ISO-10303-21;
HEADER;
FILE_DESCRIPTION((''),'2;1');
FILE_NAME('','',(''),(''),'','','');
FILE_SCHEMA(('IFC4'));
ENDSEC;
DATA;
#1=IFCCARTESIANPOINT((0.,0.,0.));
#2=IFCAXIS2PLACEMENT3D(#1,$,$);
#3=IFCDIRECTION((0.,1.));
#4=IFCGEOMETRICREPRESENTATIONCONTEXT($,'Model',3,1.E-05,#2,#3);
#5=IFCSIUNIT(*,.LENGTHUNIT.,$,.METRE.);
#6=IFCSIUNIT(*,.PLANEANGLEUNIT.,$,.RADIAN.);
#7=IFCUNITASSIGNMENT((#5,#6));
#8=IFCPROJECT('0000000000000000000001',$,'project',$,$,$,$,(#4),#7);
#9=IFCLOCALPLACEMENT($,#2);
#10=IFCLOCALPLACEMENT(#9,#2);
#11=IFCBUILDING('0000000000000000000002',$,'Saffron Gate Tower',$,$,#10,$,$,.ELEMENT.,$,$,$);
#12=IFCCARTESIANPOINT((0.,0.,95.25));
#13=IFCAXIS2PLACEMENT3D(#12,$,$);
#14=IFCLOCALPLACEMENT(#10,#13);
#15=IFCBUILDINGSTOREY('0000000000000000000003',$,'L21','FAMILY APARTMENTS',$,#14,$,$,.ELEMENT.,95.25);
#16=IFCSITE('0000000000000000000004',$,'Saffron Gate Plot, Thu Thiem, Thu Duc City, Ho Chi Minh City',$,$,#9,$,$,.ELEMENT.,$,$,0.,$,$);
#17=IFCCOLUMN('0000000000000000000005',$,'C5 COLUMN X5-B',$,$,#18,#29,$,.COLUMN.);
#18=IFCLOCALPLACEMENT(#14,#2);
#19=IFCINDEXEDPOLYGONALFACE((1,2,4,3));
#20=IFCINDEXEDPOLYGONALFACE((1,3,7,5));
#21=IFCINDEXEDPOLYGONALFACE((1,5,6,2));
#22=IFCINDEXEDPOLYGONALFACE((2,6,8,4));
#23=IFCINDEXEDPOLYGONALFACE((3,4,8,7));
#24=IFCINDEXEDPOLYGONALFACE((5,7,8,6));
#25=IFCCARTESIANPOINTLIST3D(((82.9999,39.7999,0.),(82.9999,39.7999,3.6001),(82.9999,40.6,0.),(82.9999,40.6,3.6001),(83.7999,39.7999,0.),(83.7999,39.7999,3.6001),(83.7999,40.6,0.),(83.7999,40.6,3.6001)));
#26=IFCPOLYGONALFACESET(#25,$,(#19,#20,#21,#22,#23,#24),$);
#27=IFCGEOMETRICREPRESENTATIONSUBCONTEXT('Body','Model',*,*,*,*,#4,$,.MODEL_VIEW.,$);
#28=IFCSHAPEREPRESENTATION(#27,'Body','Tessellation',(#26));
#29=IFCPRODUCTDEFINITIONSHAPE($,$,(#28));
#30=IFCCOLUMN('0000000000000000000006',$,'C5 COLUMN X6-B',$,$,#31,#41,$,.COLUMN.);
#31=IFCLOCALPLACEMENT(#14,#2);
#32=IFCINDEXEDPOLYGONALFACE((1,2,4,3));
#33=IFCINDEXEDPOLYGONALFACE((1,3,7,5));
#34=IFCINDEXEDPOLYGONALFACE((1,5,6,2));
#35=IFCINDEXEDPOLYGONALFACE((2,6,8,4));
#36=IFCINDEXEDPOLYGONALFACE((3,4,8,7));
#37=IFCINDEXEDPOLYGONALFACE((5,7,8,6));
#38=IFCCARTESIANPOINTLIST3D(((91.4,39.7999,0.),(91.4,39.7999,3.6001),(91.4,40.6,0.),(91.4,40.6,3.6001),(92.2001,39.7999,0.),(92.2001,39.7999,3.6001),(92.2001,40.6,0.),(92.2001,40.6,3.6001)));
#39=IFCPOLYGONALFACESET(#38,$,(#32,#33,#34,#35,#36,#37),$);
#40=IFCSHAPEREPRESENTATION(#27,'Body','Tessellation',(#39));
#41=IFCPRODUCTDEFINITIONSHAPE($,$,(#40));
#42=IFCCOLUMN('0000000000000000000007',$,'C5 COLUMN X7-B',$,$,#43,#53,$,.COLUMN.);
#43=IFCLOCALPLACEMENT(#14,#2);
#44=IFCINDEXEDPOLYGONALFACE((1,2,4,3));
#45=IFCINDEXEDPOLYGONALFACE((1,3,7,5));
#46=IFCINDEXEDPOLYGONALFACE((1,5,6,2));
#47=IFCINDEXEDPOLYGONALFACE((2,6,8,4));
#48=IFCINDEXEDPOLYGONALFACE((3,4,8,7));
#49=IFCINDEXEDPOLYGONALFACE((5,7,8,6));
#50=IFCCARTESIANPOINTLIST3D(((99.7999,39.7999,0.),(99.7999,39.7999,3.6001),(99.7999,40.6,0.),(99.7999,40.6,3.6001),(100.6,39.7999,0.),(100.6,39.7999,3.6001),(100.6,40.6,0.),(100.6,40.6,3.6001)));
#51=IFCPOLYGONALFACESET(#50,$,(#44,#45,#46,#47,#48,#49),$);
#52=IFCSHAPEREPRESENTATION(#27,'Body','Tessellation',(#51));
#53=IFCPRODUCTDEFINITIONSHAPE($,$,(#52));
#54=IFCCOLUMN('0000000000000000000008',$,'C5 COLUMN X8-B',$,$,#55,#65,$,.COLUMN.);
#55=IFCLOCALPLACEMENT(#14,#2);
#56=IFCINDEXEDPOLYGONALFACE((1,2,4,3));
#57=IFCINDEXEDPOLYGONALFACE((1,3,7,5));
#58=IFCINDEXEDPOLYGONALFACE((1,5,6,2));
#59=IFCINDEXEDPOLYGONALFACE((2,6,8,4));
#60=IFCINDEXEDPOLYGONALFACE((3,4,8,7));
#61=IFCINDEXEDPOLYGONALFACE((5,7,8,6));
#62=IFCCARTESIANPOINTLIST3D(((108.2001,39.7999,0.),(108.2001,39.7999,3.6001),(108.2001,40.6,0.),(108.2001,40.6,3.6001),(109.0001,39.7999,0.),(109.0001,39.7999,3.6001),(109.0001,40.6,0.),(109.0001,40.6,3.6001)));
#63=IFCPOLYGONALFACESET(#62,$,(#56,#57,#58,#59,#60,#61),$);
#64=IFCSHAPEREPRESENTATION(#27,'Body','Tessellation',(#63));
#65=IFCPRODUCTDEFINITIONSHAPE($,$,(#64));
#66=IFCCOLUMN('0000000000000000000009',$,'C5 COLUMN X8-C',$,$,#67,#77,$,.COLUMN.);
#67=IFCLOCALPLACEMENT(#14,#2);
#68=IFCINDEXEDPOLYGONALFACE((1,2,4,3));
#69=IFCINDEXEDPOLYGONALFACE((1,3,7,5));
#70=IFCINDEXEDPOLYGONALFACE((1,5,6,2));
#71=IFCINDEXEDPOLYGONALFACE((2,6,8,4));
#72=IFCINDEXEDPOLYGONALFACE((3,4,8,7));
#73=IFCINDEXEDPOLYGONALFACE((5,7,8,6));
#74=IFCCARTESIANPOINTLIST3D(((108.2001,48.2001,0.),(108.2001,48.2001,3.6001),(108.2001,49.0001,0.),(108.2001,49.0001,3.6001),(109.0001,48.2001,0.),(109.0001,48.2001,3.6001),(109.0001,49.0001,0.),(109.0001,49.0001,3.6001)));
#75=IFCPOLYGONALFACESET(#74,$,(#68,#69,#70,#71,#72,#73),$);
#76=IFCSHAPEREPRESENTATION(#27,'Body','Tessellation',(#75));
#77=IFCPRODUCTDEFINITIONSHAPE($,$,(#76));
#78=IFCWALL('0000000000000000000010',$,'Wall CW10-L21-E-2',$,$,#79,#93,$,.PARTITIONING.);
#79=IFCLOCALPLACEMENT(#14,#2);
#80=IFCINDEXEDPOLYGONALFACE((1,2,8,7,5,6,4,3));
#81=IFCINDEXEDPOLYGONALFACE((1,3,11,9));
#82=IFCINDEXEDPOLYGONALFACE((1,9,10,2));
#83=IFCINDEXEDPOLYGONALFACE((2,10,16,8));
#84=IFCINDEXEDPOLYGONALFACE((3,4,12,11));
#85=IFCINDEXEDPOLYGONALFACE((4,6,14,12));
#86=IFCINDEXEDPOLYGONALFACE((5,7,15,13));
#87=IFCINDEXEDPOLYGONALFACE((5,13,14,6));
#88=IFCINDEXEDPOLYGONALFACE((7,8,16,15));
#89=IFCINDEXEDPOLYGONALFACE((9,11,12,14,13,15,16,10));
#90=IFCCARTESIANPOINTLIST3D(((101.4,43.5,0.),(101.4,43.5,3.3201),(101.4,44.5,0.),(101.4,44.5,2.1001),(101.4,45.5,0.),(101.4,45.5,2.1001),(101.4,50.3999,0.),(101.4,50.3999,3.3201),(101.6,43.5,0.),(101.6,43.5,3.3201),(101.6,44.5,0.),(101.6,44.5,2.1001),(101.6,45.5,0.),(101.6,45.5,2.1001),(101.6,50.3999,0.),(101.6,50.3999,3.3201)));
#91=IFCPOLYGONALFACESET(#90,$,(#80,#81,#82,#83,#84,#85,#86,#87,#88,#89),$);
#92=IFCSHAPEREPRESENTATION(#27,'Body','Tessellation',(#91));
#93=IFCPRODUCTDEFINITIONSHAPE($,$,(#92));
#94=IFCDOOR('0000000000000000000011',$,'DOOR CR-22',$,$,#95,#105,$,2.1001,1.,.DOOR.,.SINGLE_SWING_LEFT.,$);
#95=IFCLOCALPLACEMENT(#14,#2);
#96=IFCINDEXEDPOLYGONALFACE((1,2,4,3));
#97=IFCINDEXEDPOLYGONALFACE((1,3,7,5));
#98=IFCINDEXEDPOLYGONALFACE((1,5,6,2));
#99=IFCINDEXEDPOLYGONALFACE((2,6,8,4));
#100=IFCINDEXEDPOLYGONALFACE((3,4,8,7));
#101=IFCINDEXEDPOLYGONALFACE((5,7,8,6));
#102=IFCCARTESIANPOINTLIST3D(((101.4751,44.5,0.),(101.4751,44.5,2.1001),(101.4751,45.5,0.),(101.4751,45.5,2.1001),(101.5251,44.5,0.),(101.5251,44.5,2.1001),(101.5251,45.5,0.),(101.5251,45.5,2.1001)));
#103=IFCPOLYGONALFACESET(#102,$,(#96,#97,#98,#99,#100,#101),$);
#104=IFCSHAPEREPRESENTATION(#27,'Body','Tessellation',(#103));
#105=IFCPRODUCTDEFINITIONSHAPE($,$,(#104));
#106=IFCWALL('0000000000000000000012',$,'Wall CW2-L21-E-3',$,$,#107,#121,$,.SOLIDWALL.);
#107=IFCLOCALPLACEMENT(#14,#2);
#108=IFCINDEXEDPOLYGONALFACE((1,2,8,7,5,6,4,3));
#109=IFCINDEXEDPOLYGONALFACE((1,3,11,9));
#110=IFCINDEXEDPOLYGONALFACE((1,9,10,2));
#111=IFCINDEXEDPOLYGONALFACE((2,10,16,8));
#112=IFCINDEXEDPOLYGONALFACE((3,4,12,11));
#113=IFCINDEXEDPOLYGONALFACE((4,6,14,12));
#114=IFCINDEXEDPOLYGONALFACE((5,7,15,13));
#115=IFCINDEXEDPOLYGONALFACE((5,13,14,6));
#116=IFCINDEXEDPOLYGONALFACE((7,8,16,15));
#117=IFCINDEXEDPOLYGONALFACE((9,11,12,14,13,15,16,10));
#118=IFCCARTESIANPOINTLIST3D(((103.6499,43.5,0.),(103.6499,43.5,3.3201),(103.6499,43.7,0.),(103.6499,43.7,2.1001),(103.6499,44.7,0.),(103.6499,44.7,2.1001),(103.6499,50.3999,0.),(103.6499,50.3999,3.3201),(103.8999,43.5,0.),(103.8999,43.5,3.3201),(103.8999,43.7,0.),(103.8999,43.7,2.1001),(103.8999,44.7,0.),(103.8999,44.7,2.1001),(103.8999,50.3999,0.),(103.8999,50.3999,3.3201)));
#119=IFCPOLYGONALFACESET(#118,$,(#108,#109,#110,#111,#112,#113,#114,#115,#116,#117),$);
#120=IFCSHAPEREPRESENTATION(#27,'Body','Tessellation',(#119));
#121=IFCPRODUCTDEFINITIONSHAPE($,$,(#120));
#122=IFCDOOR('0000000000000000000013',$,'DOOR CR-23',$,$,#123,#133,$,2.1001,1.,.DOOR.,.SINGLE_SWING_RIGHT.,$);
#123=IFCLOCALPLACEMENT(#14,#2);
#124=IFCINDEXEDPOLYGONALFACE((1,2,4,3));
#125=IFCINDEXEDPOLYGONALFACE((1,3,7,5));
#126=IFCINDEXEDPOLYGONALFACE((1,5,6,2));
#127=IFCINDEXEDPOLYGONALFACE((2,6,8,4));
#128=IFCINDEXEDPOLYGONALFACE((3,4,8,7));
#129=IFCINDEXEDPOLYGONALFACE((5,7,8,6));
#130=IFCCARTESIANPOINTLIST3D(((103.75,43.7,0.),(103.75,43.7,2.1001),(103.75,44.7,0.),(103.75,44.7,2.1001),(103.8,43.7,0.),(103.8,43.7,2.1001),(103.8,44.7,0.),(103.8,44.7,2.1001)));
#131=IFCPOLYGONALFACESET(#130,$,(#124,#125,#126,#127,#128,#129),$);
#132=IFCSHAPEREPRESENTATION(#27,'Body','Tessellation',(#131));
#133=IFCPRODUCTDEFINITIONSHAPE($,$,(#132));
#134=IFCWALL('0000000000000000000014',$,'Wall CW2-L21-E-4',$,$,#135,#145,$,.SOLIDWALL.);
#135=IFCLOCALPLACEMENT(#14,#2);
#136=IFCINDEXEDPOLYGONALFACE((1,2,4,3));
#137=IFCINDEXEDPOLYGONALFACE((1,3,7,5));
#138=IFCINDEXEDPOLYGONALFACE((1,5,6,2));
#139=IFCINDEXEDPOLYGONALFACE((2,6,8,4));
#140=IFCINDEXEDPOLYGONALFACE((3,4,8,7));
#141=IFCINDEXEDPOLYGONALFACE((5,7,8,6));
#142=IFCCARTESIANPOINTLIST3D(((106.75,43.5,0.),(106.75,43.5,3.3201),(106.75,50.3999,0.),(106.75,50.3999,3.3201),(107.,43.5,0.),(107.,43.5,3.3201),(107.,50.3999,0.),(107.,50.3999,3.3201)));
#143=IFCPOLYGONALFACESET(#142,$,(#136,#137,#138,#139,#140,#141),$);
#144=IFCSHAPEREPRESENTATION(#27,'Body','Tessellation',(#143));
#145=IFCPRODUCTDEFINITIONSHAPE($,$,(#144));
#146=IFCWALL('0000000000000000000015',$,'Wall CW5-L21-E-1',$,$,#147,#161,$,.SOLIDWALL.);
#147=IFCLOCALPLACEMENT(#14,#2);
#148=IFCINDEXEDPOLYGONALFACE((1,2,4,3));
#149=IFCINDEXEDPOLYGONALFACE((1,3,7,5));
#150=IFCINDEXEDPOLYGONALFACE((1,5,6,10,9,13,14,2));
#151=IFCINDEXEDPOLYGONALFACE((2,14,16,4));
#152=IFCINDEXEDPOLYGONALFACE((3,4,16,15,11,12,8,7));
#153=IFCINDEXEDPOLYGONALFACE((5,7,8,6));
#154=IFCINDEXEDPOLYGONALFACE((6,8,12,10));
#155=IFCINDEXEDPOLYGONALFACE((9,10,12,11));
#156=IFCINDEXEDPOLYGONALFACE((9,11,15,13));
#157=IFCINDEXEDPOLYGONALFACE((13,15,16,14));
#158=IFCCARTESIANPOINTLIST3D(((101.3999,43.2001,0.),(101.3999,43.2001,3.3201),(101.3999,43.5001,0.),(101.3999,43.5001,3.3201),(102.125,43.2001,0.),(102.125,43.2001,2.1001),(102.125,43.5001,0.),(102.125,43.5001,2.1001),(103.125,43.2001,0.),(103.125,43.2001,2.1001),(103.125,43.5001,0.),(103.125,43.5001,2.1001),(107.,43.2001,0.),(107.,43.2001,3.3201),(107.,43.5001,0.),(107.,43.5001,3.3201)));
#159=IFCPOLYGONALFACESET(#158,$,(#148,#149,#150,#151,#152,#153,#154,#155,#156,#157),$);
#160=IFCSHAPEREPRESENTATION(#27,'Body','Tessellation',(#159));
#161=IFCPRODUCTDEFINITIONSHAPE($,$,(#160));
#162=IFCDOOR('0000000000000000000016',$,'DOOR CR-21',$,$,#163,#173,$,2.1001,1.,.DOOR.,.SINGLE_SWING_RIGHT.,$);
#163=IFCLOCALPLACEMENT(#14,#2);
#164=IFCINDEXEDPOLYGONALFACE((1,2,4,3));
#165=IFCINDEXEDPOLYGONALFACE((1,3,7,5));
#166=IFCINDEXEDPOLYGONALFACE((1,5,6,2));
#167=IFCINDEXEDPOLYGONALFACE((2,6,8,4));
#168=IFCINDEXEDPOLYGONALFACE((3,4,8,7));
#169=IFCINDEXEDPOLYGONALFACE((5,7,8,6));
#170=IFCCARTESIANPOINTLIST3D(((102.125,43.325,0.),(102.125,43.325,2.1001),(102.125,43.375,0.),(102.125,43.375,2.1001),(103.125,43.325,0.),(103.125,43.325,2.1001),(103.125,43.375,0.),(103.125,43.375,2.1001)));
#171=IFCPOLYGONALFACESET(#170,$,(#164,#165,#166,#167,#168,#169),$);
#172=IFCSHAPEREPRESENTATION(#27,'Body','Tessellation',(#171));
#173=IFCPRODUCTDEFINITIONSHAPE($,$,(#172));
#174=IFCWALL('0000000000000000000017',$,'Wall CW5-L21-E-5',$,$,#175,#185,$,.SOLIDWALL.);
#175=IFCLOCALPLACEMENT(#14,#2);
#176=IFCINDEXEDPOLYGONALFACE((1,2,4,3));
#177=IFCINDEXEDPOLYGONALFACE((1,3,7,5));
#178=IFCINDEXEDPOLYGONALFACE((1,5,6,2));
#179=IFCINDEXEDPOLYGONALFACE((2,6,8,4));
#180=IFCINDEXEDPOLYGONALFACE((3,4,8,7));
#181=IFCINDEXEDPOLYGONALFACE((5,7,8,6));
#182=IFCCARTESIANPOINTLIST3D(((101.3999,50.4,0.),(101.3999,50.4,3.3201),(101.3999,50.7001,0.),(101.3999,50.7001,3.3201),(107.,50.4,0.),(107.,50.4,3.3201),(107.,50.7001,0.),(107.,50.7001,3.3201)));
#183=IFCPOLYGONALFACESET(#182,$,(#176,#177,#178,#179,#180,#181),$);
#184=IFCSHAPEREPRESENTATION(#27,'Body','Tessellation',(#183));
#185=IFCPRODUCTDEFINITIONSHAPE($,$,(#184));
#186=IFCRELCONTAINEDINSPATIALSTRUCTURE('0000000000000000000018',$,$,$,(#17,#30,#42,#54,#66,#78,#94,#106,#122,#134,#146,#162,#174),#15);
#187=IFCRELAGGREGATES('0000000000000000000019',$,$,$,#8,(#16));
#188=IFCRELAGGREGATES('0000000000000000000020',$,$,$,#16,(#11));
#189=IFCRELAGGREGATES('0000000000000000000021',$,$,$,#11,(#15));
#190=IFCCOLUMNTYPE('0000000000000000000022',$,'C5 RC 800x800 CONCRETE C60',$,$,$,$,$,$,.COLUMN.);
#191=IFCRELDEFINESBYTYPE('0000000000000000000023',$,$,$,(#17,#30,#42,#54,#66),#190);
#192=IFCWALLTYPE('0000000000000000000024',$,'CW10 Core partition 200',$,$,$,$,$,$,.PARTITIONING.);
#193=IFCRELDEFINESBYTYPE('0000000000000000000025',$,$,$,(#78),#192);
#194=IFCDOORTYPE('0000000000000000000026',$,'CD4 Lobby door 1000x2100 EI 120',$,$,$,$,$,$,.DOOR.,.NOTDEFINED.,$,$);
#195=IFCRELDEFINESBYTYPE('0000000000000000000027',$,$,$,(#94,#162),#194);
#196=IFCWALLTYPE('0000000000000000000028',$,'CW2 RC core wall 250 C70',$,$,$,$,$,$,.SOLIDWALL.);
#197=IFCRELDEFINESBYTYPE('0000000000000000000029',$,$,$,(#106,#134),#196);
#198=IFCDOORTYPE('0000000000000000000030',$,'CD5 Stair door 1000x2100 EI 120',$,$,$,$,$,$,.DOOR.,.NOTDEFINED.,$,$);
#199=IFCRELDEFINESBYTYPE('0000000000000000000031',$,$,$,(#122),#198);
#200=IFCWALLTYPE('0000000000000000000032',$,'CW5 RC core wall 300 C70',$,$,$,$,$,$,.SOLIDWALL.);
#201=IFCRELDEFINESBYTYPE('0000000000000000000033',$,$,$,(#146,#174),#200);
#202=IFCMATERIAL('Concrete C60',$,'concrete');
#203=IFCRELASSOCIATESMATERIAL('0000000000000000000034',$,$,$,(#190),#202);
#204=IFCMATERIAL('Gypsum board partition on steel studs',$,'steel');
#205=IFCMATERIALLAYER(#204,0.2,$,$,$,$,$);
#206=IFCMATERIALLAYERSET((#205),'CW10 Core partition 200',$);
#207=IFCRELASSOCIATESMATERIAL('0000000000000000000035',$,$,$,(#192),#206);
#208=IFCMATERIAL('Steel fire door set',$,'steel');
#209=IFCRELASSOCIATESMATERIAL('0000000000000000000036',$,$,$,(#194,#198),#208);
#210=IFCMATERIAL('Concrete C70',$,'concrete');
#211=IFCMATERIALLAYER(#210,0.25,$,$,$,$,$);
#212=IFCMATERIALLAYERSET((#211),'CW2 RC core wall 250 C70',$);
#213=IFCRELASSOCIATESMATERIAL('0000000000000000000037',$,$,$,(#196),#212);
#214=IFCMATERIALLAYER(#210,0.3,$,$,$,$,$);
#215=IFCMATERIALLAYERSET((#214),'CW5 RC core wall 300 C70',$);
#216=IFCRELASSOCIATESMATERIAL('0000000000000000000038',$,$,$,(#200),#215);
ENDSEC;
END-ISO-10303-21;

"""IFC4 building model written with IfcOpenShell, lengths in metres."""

from ifc_helpers import new_model, si_unit, direction, frame, frame_2d, origin, origin_2d, place, context, subcontext, project, spatial, rectangle, extrude, material, layer, layer_set, material_profile, profile_set, type_object, element, fill, save


model = new_model("IFC4")

# Units and contexts
model_context = context("Model", 3, precision=1e-05, world=origin(), true_north=direction((0.0, 1.0)))
body_context = subcontext(model_context, "Body", "Model", "MODEL_VIEW")
ifc_project = project(units=[si_unit("LENGTHUNIT", "METRE"), si_unit("PLANEANGLEUNIT", "RADIAN")], contexts=[model_context])

# Site, building, storey
site_placement = place(None, origin())
site = spatial("IfcSite", under=ifc_project, at=site_placement, Name="Saffron Gate Plot, Thu Thiem, Thu Duc City, Ho Chi Minh City", CompositionType="ELEMENT", RefElevation=0.0)
building_placement = place(site_placement, origin())
building = spatial("IfcBuilding", under=site, at=building_placement, Name="Saffron Gate Tower", CompositionType="ELEMENT")
storey_placement = place(building_placement, frame((0.0, 0.0, 95.25)))
storey = spatial("IfcBuildingStorey", under=building, at=storey_placement, Name="L21", Description="FAMILY APARTMENTS", CompositionType="ELEMENT", Elevation=95.25)

# Columns
ifc_material_1 = material(Name="Concrete C60", Category="concrete")
ifc_material_profile = material_profile(ifc_material_1, rectangle(XDim=0.8, YDim=0.8, at=origin_2d()))
ifc_profile_set = profile_set([ifc_material_profile], Name="Concrete C60")
column_type = type_object("IfcColumnType", Name="C5 RC 800x800 CONCRETE C60", PredefinedType="COLUMN", material=ifc_profile_set)
for number, where, z_axis, x_axis, name in (
    (1, (83.3999, 40.2, 0.0), (0.0, 0.0, 1.0), (1.0, 0.0, 0.0), "C5 COLUMN X5-B"),
    (2, (91.8, 40.2, 0.0), (0.0, 0.0, 1.0), (1.0, 0.0, 0.0), "C5 COLUMN X6-B"),
    (3, (100.2, 40.2, 0.0), (0.0, 0.0, 1.0), (1.0, 0.0, 0.0), "C5 COLUMN X7-B"),
    (4, (108.6001, 40.2, 0.0), (0.0, 0.0, 1.0), (1.0, 0.0, 0.0), "C5 COLUMN X8-B"),
    (5, (108.6001, 48.6001, 0.0), (0.0, 0.0, 1.0), (1.0, 0.0, 0.0), "C5 COLUMN X8-C"),
):
    element("IfcColumn", number, at=place(storey_placement, frame(where, z_axis=z_axis, x_axis=x_axis)), inside=storey, type_object=column_type, Name=name, PredefinedType="COLUMN", context=body_context, shape_type="SweptSolid", body=[
        extrude(rectangle(XDim=0.8, YDim=0.8, at=origin_2d()), origin(), (0.0, 0.0, 1.0), 3.6001),
    ])

# Walls, openings, doors
ifc_material_2 = material(Name="Gypsum board partition on steel studs", Category="steel")
ifc_layer_1 = layer(ifc_material_2, 0.2)
ifc_layer_set_1 = layer_set([ifc_layer_1], Name="CW10 Core partition 200")
wall_type_1 = type_object("IfcWallType", Name="CW10 Core partition 200", PredefinedType="PARTITIONING", material=ifc_layer_set_1)
wall_1_placement = place(storey_placement, frame((101.5, 43.5, 0.0), z_axis=(0.0, 0.0, 1.0), x_axis=(0.0, 1.0, 0.0)))
wall_1 = element("IfcWall", 6, at=wall_1_placement, inside=storey, type_object=wall_type_1, Name="Wall CW10-L21-E-2", PredefinedType="PARTITIONING", context=body_context, shape_type="SweptSolid", body=[
    extrude(rectangle(XDim=6.8999, YDim=0.2, at=frame_2d((3.45, 0.0))), origin(), (0.0, 0.0, 1.0), 3.3201),
])
opening_1_placement = place(wall_1_placement, frame((1.0, 0.0, 0.0)))
opening_1 = element("IfcOpeningElement", 7, at=opening_1_placement, cuts=wall_1, PredefinedType="OPENING", context=body_context, shape_type="SweptSolid", body=[
    extrude(rectangle(XDim=1.0, YDim=2.1001, at=frame_2d((0.5, 1.05))), frame((0.0, 0.1099, 0.0), z_axis=(0.0, -1.0, 0.0), x_axis=(1.0, 0.0, 0.0)), (0.0, 0.0, 1.0), 0.22),
])
ifc_material_3 = material(Name="Steel fire door set", Category="steel")
door_type_1 = type_object("IfcDoorType", Name="CD4 Lobby door 1000x2100 EI 120", OperationType="NOTDEFINED", PredefinedType="DOOR", material=ifc_material_3)
door_1_placement = place(opening_1_placement, origin())
door_1 = element("IfcDoor", 8, at=door_1_placement, inside=storey, type_object=door_type_1, Name="DOOR CR-22", OperationType="SINGLE_SWING_LEFT", OverallHeight=2.1001, OverallWidth=1.0, PredefinedType="DOOR", context=body_context, shape_type="SweptSolid", body=[
    extrude(rectangle(XDim=1.0, YDim=2.1001, at=frame_2d((0.5, 1.05))), frame((0.0, 0.0249, 0.0), z_axis=(0.0, -1.0, 0.0), x_axis=(1.0, 0.0, 0.0)), (0.0, 0.0, 1.0), 0.05),
])
fill(opening_1, door_1)
ifc_material_4 = material(Name="Concrete C70", Category="concrete")
ifc_layer_2 = layer(ifc_material_4, 0.25)
ifc_layer_set_2 = layer_set([ifc_layer_2], Name="CW2 RC core wall 250 C70")
wall_type_2 = type_object("IfcWallType", Name="CW2 RC core wall 250 C70", PredefinedType="SOLIDWALL", material=ifc_layer_set_2)
wall_2_placement = place(storey_placement, frame((103.7749, 43.5, 0.0), z_axis=(0.0, 0.0, 1.0), x_axis=(0.0, 1.0, 0.0)))
wall_2 = element("IfcWall", 9, at=wall_2_placement, inside=storey, type_object=wall_type_2, Name="Wall CW2-L21-E-3", PredefinedType="SOLIDWALL", context=body_context, shape_type="SweptSolid", body=[
    extrude(rectangle(XDim=6.8999, YDim=0.25, at=frame_2d((3.45, 0.0))), origin(), (0.0, 0.0, 1.0), 3.3201),
])
opening_2_placement = place(wall_2_placement, frame((0.2, 0.0, 0.0)))
opening_2 = element("IfcOpeningElement", 10, at=opening_2_placement, cuts=wall_2, PredefinedType="OPENING", context=body_context, shape_type="SweptSolid", body=[
    extrude(rectangle(XDim=1.0, YDim=2.1001, at=frame_2d((0.5, 1.05))), frame((0.0, 0.135, 0.0), z_axis=(0.0, -1.0, 0.0), x_axis=(1.0, 0.0, 0.0)), (0.0, 0.0, 1.0), 0.27),
])
door_type_2 = type_object("IfcDoorType", Name="CD5 Stair door 1000x2100 EI 120", OperationType="NOTDEFINED", PredefinedType="DOOR", material=ifc_material_3)
door_2_placement = place(opening_2_placement, origin())
door_2 = element("IfcDoor", 11, at=door_2_placement, inside=storey, type_object=door_type_2, Name="DOOR CR-23", OperationType="SINGLE_SWING_RIGHT", OverallHeight=2.1001, OverallWidth=1.0, PredefinedType="DOOR", context=body_context, shape_type="SweptSolid", body=[
    extrude(rectangle(XDim=1.0, YDim=2.1001, at=frame_2d((0.5, 1.05))), frame((0.0, 0.0249, 0.0), z_axis=(0.0, -1.0, 0.0), x_axis=(1.0, 0.0, 0.0)), (0.0, 0.0, 1.0), 0.05),
])
fill(opening_2, door_2)

# Wall
wall_3_placement = place(storey_placement, frame((106.875, 43.5, 0.0), z_axis=(0.0, 0.0, 1.0), x_axis=(0.0, 1.0, 0.0)))
element("IfcWall", 12, at=wall_3_placement, inside=storey, type_object=wall_type_2, Name="Wall CW2-L21-E-4", PredefinedType="SOLIDWALL", context=body_context, shape_type="SweptSolid", body=[
    extrude(rectangle(XDim=6.8999, YDim=0.25, at=frame_2d((3.45, 0.0))), origin(), (0.0, 0.0, 1.0), 3.3201),
])

# Wall, opening, door
ifc_layer_3 = layer(ifc_material_4, 0.3)
ifc_layer_set_3 = layer_set([ifc_layer_3], Name="CW5 RC core wall 300 C70")
wall_type_3 = type_object("IfcWallType", Name="CW5 RC core wall 300 C70", PredefinedType="SOLIDWALL", material=ifc_layer_set_3)
wall_4_placement = place(storey_placement, frame((101.3999, 43.3501, 0.0), z_axis=(0.0, 0.0, 1.0), x_axis=(1.0, 0.0, 0.0)))
wall_4 = element("IfcWall", 13, at=wall_4_placement, inside=storey, type_object=wall_type_3, Name="Wall CW5-L21-E-1", PredefinedType="SOLIDWALL", context=body_context, shape_type="SweptSolid", body=[
    extrude(rectangle(XDim=5.6001, YDim=0.3, at=frame_2d((2.8, 0.0))), origin(), (0.0, 0.0, 1.0), 3.3201),
])
opening_3_placement = place(wall_4_placement, frame((0.7251, 0.0, 0.0)))
opening_3 = element("IfcOpeningElement", 14, at=opening_3_placement, cuts=wall_4, PredefinedType="OPENING", context=body_context, shape_type="SweptSolid", body=[
    extrude(rectangle(XDim=1.0, YDim=2.1001, at=frame_2d((0.5, 1.05))), frame((0.0, 0.1602, 0.0), z_axis=(0.0, -1.0, 0.0), x_axis=(1.0, 0.0, 0.0)), (0.0, 0.0, 1.0), 0.3201),
])
door_3_placement = place(opening_3_placement, origin())
door_3 = element("IfcDoor", 15, at=door_3_placement, inside=storey, type_object=door_type_1, Name="DOOR CR-21", OperationType="SINGLE_SWING_RIGHT", OverallHeight=2.1001, OverallWidth=1.0, PredefinedType="DOOR", context=body_context, shape_type="SweptSolid", body=[
    extrude(rectangle(XDim=1.0, YDim=2.1001, at=frame_2d((0.5, 1.05))), frame((0.0, 0.0249, 0.0), z_axis=(0.0, -1.0, 0.0), x_axis=(1.0, 0.0, 0.0)), (0.0, 0.0, 1.0), 0.05),
])
fill(opening_3, door_3)

# Wall
wall_5_placement = place(storey_placement, frame((101.3999, 50.55, 0.0), z_axis=(0.0, 0.0, 1.0), x_axis=(1.0, 0.0, 0.0)))
element("IfcWall", 16, at=wall_5_placement, inside=storey, type_object=wall_type_3, Name="Wall CW5-L21-E-5", PredefinedType="SOLIDWALL", context=body_context, shape_type="SweptSolid", body=[
    extrude(rectangle(XDim=5.6001, YDim=0.3, at=frame_2d((2.8, 0.0))), origin(), (0.0, 0.0, 1.0), 3.3201),
])

save(model, "model.ifc")
